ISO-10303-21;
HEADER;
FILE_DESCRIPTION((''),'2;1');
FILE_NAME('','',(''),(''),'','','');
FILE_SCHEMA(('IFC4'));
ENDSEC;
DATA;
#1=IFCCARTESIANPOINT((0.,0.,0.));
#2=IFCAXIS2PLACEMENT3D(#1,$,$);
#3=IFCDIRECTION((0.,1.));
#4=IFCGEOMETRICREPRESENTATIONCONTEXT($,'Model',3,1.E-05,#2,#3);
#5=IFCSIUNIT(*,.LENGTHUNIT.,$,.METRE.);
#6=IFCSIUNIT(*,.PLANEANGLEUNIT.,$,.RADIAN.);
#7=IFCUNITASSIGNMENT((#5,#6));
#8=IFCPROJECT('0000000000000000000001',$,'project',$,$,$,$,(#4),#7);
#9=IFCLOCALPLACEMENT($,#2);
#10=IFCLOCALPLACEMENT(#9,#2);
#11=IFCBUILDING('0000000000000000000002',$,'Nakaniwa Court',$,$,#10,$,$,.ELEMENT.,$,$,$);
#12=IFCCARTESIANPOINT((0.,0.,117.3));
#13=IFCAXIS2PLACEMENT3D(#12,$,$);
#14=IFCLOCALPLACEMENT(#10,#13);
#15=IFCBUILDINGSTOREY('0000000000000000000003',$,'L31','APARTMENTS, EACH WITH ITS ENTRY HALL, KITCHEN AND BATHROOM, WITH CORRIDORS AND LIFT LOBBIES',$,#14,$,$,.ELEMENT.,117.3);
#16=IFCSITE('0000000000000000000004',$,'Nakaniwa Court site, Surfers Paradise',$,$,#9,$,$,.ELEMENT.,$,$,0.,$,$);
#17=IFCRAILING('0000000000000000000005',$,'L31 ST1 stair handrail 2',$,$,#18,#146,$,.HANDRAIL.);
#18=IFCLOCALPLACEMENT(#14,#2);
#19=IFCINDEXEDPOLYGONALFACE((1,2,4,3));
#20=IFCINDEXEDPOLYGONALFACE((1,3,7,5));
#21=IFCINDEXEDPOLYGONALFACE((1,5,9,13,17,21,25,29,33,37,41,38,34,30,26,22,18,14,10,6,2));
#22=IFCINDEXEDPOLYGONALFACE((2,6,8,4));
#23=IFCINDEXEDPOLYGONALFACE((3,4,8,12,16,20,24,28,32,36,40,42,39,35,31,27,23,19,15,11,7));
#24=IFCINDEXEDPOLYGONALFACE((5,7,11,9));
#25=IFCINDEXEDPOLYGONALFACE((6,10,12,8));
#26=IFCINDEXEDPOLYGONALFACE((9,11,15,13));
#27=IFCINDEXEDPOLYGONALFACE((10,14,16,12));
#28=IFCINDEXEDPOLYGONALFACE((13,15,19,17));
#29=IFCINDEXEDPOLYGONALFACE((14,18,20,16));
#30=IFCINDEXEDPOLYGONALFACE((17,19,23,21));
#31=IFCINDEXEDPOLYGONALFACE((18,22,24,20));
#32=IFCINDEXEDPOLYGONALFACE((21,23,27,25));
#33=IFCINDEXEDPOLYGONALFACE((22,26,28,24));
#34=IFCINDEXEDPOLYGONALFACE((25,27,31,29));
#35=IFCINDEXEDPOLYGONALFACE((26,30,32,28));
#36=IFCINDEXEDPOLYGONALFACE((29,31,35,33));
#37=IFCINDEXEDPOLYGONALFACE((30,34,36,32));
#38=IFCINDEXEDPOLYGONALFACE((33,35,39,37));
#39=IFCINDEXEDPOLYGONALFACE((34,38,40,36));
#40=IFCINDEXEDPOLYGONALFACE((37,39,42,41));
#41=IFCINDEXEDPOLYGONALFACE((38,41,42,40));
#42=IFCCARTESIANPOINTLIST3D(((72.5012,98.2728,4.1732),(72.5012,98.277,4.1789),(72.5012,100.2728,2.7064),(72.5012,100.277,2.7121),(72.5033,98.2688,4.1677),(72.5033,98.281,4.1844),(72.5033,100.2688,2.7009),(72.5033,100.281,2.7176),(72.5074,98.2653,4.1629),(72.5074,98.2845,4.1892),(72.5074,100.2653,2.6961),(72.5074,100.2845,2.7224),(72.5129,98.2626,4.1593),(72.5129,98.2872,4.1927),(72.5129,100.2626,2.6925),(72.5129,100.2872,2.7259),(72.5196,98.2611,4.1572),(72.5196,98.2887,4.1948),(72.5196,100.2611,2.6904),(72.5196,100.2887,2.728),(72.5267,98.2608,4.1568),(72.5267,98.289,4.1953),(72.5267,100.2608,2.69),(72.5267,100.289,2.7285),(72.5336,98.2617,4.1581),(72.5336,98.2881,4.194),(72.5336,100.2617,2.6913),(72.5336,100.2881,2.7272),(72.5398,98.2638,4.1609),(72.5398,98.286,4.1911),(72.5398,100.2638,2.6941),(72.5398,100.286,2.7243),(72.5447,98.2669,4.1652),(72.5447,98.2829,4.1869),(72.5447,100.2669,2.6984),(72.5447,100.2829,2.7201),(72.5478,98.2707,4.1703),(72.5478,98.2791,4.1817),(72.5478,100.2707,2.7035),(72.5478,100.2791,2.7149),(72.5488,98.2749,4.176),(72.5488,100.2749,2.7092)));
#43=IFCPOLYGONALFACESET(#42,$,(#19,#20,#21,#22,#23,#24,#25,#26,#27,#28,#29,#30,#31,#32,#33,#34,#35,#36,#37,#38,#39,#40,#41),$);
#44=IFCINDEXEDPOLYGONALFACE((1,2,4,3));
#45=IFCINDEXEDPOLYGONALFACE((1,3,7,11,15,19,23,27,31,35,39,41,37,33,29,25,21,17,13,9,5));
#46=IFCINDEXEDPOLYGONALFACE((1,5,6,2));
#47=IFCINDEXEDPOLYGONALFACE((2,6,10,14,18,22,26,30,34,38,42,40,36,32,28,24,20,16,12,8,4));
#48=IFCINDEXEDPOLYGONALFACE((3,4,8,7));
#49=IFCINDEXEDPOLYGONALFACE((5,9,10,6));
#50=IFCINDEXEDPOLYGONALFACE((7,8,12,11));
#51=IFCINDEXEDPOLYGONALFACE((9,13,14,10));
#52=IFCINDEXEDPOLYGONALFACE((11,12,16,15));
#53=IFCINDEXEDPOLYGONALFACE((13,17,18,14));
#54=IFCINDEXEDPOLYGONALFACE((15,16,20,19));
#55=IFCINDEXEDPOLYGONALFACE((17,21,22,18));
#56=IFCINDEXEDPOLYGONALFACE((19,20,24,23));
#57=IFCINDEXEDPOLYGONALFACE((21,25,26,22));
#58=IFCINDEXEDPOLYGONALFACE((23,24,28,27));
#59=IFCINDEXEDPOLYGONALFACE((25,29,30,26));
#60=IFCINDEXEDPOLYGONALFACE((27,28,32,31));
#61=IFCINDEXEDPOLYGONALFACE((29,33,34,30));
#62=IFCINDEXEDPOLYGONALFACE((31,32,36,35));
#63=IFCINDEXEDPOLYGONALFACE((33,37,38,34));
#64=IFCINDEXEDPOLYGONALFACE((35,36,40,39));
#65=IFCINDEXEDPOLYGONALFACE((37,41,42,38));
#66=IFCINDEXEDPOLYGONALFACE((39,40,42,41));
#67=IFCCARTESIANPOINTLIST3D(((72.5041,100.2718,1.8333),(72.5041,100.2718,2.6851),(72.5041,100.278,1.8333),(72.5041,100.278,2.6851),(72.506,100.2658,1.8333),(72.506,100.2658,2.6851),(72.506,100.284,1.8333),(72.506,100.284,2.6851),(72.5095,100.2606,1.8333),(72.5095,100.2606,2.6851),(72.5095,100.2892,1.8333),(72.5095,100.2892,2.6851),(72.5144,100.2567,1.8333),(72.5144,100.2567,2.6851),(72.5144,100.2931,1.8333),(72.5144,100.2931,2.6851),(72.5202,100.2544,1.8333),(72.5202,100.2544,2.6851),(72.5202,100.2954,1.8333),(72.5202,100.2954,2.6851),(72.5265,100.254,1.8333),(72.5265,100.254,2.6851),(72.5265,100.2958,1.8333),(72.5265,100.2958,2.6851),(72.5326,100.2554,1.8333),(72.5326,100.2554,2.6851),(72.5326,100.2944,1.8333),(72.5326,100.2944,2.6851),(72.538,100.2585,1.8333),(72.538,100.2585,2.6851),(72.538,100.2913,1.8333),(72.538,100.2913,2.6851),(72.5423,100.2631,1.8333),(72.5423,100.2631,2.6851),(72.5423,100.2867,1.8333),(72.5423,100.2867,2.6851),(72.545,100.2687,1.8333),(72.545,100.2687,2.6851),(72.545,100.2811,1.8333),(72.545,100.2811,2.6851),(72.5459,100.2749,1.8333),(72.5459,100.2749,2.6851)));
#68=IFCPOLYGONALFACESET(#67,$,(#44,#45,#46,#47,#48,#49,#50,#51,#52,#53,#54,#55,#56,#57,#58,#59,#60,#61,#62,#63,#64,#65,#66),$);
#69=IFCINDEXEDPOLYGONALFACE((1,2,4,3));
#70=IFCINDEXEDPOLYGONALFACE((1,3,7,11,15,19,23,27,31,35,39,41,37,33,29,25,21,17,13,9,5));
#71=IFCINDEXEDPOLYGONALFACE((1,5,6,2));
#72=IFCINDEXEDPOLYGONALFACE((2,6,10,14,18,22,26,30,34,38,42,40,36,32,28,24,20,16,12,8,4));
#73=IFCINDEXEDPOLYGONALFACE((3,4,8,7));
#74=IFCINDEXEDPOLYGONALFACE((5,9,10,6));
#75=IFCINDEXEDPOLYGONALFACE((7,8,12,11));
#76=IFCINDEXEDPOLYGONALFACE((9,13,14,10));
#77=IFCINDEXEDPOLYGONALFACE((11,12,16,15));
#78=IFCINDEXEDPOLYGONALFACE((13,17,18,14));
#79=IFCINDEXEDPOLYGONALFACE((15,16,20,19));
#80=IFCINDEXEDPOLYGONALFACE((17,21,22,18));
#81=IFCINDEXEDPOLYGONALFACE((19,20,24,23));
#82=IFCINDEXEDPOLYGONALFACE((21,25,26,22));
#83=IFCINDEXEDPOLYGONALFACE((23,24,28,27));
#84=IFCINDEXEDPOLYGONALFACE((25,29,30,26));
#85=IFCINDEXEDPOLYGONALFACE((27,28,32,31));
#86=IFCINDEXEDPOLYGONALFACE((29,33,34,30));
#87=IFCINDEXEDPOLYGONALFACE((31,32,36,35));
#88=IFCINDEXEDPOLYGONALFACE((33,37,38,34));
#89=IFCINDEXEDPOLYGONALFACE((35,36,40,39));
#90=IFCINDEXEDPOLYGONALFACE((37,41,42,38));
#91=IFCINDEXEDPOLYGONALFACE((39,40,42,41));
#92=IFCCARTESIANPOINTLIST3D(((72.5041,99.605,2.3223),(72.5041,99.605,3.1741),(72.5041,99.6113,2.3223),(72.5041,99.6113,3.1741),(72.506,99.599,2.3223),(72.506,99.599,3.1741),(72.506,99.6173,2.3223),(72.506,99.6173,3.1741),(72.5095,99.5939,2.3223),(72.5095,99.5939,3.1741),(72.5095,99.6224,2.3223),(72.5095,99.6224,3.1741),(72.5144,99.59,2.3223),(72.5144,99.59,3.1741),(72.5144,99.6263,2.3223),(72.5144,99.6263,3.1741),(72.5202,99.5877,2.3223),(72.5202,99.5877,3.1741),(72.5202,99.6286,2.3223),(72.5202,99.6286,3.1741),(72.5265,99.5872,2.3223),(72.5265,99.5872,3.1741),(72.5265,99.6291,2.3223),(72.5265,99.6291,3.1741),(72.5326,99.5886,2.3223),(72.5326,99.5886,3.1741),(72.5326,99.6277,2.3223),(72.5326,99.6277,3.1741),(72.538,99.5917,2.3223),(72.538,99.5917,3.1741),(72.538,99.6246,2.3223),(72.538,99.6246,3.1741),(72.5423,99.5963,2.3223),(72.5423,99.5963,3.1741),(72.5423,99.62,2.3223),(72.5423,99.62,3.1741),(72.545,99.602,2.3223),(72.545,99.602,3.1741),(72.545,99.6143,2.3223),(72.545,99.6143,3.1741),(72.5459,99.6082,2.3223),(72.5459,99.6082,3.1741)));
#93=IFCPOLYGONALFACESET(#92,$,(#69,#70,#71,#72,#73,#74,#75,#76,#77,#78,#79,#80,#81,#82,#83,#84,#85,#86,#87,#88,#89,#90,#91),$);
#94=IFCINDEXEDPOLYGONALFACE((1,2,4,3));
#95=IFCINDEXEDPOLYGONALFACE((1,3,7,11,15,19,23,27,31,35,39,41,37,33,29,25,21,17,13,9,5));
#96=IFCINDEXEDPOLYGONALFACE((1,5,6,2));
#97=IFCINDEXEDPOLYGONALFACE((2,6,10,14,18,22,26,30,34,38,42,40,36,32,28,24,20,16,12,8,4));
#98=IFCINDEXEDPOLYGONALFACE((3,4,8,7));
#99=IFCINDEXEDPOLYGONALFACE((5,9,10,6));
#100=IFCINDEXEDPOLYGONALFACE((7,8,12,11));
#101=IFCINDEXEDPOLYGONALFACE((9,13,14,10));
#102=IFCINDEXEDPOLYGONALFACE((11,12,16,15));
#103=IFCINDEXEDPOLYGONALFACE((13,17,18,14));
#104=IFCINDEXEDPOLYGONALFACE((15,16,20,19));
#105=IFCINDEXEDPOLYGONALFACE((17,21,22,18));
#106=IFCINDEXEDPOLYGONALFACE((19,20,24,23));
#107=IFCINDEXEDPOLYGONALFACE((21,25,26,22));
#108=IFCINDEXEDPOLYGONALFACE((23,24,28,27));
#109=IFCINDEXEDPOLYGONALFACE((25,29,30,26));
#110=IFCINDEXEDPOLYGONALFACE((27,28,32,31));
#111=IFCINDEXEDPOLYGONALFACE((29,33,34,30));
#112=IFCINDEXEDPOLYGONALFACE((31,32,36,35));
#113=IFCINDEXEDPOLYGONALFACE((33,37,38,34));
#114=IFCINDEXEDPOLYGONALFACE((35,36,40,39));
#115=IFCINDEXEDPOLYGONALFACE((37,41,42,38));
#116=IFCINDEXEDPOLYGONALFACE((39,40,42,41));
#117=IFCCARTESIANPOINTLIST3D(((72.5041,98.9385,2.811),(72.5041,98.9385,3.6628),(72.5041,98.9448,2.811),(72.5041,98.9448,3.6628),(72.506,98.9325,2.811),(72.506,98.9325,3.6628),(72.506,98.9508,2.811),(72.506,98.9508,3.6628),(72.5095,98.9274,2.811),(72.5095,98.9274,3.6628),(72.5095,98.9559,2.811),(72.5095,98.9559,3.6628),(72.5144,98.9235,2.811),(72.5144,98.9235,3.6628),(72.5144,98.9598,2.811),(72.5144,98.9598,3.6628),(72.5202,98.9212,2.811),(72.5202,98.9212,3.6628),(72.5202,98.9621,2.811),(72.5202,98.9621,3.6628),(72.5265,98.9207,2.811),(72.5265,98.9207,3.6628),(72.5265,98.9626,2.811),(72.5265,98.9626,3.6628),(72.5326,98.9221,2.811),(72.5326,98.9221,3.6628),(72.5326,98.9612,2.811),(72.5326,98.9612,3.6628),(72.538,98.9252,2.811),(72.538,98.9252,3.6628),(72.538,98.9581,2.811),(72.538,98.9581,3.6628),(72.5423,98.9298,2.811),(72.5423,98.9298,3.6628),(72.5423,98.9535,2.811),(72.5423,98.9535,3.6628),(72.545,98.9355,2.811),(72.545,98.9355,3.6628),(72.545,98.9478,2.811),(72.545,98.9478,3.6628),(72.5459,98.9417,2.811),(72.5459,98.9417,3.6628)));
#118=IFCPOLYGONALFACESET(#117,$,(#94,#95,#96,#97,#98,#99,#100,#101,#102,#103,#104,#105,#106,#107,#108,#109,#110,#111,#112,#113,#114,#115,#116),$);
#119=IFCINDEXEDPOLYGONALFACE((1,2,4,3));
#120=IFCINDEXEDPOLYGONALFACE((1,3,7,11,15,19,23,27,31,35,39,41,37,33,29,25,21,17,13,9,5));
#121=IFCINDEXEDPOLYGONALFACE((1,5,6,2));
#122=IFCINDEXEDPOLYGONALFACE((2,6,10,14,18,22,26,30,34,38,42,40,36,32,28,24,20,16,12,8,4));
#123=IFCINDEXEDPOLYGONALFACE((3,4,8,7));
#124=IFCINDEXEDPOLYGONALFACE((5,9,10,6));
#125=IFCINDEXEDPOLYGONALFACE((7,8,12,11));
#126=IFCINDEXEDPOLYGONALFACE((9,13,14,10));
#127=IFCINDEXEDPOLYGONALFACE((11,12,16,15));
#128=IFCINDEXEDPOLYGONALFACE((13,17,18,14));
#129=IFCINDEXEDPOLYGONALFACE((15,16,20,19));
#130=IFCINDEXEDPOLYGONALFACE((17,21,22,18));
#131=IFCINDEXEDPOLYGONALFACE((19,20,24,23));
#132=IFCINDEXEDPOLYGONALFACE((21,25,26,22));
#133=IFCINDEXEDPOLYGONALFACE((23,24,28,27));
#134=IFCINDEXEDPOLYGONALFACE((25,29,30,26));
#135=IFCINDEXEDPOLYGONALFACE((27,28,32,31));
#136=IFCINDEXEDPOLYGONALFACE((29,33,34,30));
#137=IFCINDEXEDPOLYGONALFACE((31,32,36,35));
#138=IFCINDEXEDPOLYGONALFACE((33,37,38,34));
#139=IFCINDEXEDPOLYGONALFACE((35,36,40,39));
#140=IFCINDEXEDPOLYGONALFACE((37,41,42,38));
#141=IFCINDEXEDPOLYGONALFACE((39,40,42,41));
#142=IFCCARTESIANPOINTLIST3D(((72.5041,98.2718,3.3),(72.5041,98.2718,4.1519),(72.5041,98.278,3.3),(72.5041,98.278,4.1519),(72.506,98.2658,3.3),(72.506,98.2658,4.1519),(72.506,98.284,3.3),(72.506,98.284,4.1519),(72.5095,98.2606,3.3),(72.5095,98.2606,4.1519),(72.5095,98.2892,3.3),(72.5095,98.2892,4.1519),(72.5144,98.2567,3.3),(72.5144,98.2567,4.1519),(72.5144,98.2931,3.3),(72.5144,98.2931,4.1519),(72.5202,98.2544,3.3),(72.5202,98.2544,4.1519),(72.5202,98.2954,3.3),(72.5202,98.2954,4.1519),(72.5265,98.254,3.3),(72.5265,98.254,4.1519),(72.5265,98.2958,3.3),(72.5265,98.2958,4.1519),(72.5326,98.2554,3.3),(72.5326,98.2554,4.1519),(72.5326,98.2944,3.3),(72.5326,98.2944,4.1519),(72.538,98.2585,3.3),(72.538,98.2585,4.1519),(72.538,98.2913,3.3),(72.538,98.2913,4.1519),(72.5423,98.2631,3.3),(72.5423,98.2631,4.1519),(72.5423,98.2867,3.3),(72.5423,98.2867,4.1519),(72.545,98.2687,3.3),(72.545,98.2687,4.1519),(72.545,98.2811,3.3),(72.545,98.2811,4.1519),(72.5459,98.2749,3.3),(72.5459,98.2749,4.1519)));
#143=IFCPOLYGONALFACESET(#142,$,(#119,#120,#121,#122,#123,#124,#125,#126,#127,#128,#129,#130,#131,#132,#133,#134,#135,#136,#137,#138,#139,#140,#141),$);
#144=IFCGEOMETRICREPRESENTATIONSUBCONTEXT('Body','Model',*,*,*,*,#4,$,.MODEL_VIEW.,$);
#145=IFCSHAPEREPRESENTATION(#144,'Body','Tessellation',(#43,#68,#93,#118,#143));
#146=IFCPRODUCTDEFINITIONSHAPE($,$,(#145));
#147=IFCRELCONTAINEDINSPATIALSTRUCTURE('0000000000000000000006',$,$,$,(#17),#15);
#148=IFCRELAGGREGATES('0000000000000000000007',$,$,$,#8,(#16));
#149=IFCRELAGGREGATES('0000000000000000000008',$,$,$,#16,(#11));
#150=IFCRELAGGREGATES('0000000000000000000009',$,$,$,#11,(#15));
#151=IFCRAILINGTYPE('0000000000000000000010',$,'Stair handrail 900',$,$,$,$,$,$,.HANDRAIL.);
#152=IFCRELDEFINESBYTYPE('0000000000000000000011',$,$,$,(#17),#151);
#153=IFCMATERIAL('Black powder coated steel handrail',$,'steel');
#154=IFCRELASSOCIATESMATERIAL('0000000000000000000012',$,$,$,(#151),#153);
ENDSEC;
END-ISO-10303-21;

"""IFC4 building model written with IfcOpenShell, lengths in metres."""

from ifc_helpers import new_model, si_unit, direction, frame, origin, origin_2d, place, context, subcontext, project, spatial, circle, extrude, material, type_object, element, save


model = new_model("IFC4")

# Units and contexts
model_context = context("Model", 3, precision=1e-05, world=origin(), true_north=direction((0.0, 1.0)))
body_context = subcontext(model_context, "Body", "Model", "MODEL_VIEW")
ifc_project = project(units=[si_unit("LENGTHUNIT", "METRE"), si_unit("PLANEANGLEUNIT", "RADIAN")], contexts=[model_context])

# Site, building, storey
site_placement = place(None, origin())
site = spatial("IfcSite", under=ifc_project, at=site_placement, Name="Nakaniwa Court site, Surfers Paradise", CompositionType="ELEMENT", RefElevation=0.0)
building_placement = place(site_placement, origin())
building = spatial("IfcBuilding", under=site, at=building_placement, Name="Nakaniwa Court", CompositionType="ELEMENT")
storey_placement = place(building_placement, frame((0.0, 0.0, 117.3)))
storey = spatial("IfcBuildingStorey", under=building, at=storey_placement, Name="L31", Description="APARTMENTS, EACH WITH ITS ENTRY HALL, KITCHEN AND BATHROOM, WITH CORRIDORS AND LIFT LOBBIES", CompositionType="ELEMENT", Elevation=117.3)

# Railing
ifc_material_1 = material(Name="Black powder coated steel handrail", Category="steel")
railing_type_1 = type_object("IfcRailingType", Name="Stair handrail 900", PredefinedType="HANDRAIL", material=ifc_material_1)
railing_1_placement = place(storey_placement, frame((72.5249, 100.2749, 1.8333)))
element("IfcRailing", 1, at=railing_1_placement, inside=storey, type_object=railing_type_1, Name="L31 ST1 stair handrail 2", PredefinedType="HANDRAIL", context=body_context, shape_type="SweptSolid", body=[
    extrude(circle(Radius=0.0239, at=origin_2d()), frame((0.0, 0.0, 0.876), z_axis=(0.0, -0.80638, 0.591398), x_axis=(1.0, 0.0, 0.0)), (0.0, 0.0, 1.0), 2.4802),
    extrude(circle(Radius=0.021, at=origin_2d()), origin(), (0.0, 0.0, 1.0), 0.8518),
    extrude(circle(Radius=0.021, at=origin_2d()), frame((0.0, -0.6667, 0.489)), (0.0, 0.0, 1.0), 0.8518),
    extrude(circle(Radius=0.021, at=origin_2d()), frame((0.0, -1.3333, 0.9778)), (0.0, 0.0, 1.0), 0.8518),
    extrude(circle(Radius=0.021, at=origin_2d()), frame((0.0, -2.0, 1.4668)), (0.0, 0.0, 1.0), 0.8518),
])

save(model, "model.ifc")
